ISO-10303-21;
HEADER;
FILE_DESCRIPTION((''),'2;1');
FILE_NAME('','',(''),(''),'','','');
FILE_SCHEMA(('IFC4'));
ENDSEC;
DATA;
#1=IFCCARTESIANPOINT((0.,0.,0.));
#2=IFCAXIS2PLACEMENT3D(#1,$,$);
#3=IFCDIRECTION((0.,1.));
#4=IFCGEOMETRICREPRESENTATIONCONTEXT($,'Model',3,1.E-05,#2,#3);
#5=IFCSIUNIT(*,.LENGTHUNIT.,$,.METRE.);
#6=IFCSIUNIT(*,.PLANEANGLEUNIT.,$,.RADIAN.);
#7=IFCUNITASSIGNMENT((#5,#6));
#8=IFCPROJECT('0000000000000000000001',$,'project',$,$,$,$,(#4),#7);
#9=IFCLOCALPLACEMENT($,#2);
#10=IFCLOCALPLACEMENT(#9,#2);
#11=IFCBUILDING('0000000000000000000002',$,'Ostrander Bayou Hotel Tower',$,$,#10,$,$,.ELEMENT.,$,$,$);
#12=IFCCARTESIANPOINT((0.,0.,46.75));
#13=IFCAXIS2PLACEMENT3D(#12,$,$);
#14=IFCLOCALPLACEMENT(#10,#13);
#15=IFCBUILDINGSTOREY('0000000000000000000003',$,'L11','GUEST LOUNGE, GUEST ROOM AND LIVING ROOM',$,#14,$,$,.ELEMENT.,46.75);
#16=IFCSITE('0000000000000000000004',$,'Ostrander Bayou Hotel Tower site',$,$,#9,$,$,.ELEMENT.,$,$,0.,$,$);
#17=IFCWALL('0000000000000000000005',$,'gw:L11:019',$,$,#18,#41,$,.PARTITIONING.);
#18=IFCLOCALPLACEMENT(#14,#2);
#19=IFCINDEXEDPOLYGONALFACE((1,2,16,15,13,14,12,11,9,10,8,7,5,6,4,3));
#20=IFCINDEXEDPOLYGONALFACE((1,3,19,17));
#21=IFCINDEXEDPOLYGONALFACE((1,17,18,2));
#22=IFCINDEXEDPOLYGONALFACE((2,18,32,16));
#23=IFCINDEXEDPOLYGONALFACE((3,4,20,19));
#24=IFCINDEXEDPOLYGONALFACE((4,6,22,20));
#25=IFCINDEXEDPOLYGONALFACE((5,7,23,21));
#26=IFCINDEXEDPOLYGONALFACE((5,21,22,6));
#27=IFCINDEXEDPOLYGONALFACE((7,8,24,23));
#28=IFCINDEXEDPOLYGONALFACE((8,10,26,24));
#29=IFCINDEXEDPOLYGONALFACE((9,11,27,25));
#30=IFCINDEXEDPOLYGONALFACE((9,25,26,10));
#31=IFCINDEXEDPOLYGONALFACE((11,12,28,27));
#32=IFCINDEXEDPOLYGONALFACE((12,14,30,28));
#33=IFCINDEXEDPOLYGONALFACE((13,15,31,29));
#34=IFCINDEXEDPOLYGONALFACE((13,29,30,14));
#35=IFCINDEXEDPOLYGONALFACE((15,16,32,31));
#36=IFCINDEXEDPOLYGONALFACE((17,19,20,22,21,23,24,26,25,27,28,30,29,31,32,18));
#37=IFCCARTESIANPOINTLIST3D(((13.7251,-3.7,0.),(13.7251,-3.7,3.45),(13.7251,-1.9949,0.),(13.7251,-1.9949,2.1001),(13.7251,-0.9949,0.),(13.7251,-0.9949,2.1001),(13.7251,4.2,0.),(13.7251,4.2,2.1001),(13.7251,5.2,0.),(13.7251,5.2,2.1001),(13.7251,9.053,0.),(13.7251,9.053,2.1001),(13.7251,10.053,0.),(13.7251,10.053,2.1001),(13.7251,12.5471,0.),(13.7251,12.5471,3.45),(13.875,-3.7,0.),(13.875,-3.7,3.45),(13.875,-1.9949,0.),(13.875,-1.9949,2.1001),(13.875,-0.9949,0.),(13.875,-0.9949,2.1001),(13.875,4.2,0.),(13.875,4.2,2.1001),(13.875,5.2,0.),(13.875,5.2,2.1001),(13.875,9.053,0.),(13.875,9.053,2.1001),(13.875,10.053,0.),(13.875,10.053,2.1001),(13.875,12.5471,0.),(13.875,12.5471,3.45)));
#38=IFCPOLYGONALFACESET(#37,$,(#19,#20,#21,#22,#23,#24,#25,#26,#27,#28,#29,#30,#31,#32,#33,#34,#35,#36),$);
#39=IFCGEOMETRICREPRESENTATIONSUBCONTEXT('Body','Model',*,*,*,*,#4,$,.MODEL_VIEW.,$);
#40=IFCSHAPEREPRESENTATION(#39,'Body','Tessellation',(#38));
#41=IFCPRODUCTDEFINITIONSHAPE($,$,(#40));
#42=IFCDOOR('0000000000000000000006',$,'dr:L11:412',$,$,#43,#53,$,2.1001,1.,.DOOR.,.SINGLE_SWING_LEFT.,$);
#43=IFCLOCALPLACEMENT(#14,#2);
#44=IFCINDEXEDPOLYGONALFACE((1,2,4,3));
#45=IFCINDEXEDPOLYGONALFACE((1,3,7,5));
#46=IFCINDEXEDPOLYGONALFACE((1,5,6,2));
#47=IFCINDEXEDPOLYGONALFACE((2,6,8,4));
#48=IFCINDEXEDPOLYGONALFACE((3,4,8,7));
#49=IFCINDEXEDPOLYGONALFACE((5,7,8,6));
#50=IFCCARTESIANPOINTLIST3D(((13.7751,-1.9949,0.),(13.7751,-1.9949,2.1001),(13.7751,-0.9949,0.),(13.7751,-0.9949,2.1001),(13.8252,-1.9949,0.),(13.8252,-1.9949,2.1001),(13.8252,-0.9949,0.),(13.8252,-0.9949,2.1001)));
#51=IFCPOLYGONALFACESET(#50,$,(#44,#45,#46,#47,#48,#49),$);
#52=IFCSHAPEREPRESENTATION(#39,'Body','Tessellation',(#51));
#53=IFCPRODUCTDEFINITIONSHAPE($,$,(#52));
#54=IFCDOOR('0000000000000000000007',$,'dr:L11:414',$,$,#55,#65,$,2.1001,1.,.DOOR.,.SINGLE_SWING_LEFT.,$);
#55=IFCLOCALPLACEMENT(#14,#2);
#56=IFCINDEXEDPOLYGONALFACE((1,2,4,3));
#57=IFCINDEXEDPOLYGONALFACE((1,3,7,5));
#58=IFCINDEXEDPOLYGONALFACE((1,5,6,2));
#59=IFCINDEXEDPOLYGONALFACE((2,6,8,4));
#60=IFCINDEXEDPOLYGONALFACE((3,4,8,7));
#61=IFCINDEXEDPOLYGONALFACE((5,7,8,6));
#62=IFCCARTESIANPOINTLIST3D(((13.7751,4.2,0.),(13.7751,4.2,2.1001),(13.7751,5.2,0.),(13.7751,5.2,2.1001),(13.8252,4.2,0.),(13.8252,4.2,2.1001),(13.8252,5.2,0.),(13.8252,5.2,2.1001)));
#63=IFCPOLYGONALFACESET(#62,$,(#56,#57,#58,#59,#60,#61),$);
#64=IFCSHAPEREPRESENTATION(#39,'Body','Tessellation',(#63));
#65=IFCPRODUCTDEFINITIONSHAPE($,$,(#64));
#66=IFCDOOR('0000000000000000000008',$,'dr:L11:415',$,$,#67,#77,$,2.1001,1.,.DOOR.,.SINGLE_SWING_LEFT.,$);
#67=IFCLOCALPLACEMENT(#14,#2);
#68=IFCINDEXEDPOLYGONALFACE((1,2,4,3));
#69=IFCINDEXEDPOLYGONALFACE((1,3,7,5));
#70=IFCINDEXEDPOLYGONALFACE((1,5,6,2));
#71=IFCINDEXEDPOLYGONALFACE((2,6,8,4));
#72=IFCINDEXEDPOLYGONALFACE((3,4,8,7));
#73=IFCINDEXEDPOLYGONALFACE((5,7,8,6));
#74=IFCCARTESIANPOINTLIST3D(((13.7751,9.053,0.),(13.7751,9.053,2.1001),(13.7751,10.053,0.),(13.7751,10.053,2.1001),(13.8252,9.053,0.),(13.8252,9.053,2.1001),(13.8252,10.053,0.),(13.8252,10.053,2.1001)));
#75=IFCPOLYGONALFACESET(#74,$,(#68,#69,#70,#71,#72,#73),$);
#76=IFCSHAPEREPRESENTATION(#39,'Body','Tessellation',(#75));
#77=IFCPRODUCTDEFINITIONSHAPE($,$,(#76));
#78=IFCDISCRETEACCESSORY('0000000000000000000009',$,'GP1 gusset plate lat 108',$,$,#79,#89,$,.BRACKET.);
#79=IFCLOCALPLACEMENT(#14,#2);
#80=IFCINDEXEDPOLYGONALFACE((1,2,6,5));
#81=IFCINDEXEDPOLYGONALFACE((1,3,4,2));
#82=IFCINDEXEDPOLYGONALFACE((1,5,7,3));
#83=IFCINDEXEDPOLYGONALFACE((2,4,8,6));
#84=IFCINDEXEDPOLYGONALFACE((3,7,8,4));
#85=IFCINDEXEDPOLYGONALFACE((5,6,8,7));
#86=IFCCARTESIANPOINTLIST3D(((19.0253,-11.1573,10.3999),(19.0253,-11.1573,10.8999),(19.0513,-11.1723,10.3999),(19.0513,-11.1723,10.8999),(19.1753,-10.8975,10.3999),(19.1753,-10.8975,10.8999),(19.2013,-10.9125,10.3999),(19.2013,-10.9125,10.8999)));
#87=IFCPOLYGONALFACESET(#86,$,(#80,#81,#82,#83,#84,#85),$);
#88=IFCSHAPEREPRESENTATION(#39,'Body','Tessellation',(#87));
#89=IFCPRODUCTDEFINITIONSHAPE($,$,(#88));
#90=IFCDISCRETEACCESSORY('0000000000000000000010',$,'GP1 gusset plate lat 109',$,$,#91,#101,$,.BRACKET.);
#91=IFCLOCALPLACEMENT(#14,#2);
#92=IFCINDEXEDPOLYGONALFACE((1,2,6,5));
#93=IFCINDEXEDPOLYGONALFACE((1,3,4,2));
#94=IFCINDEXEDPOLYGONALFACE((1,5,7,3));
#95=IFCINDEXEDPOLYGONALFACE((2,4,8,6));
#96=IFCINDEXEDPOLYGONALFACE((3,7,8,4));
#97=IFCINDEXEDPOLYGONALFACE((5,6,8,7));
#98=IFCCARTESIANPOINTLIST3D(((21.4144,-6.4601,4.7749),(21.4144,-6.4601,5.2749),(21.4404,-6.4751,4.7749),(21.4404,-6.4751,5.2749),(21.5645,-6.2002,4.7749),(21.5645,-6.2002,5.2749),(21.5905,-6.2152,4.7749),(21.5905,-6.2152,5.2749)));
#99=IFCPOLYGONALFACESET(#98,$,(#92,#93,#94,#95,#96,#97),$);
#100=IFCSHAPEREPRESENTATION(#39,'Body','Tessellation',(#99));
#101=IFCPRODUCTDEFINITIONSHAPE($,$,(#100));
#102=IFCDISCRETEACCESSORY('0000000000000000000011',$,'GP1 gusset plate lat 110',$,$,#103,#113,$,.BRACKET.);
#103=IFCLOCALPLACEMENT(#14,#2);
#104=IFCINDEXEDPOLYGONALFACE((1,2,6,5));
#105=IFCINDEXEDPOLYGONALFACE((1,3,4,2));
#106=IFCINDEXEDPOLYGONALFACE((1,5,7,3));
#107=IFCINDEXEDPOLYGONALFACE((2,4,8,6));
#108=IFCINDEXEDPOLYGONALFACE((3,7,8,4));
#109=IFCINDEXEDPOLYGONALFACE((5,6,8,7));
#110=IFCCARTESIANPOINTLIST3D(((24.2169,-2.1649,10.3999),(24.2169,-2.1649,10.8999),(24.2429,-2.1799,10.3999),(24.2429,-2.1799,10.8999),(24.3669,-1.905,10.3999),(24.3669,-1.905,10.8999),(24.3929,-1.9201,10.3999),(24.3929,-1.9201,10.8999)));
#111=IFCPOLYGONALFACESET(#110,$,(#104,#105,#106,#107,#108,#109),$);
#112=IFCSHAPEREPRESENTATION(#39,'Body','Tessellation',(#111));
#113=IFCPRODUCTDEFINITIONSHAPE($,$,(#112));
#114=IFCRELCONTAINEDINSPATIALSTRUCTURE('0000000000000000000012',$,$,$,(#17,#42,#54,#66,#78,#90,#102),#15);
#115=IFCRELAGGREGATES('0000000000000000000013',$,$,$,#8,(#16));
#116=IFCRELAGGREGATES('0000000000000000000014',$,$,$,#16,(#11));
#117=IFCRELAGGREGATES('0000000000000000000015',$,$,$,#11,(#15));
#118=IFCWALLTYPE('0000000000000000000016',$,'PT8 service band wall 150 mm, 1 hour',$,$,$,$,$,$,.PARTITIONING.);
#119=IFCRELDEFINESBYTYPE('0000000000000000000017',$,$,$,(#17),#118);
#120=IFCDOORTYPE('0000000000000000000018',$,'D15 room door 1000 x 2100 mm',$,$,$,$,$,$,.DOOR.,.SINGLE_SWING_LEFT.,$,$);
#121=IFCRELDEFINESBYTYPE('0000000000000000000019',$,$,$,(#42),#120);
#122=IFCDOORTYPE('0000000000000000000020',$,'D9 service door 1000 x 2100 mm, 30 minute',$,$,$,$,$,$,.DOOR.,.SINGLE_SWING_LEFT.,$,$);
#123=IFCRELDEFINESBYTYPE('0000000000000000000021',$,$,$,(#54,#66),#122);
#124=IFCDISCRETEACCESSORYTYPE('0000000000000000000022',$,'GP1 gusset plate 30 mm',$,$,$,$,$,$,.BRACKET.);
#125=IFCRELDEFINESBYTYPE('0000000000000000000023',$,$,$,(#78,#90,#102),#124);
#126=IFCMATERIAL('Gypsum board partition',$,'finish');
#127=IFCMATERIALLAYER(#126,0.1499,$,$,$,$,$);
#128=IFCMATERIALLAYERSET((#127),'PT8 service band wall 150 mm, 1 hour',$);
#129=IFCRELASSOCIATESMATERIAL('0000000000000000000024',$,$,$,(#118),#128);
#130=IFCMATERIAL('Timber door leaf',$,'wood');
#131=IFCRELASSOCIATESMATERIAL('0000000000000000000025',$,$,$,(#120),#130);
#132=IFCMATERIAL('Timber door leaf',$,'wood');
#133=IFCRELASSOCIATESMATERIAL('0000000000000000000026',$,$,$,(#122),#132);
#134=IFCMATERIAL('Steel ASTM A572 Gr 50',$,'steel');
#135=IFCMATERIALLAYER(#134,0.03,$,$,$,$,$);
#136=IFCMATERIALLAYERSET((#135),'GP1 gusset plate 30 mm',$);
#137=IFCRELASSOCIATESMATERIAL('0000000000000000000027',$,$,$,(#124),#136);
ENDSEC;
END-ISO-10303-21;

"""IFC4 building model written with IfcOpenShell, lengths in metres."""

from ifc_helpers import new_model, si_unit, direction, frame, frame_2d, origin, origin_2d, place, context, subcontext, project, spatial, rectangle, extrude, material, layer, layer_set, type_object, element, fill, save


model = new_model("IFC4")

# Units and contexts
model_context = context("Model", 3, precision=1e-05, world=origin(), true_north=direction((0.0, 1.0)))
body_context = subcontext(model_context, "Body", "Model", "MODEL_VIEW")
ifc_project = project(units=[si_unit("LENGTHUNIT", "METRE"), si_unit("PLANEANGLEUNIT", "RADIAN")], contexts=[model_context])

# Site, building, storey
site_placement = place(None, origin())
site = spatial("IfcSite", under=ifc_project, at=site_placement, Name="Ostrander Bayou Hotel Tower site", CompositionType="ELEMENT", RefElevation=0.0)
building_placement = place(site_placement, origin())
building = spatial("IfcBuilding", under=site, at=building_placement, Name="Ostrander Bayou Hotel Tower", CompositionType="ELEMENT")
storey_placement = place(building_placement, frame((0.0, 0.0, 46.75)))
storey = spatial("IfcBuildingStorey", under=building, at=storey_placement, Name="L11", Description="GUEST LOUNGE, GUEST ROOM AND LIVING ROOM", CompositionType="ELEMENT", Elevation=46.75)

# Wall, openings, doors
ifc_material_1 = material(Name="Gypsum board partition", Category="finish")
ifc_layer_1 = layer(ifc_material_1, 0.1499)
ifc_layer_set_1 = layer_set([ifc_layer_1], Name="PT8 service band wall 150 mm, 1 hour")
wall_type_1 = type_object("IfcWallType", Name="PT8 service band wall 150 mm, 1 hour", PredefinedType="PARTITIONING", material=ifc_layer_set_1)
wall_1_placement = place(storey_placement, frame((13.8, -3.7, 0.0), z_axis=(0.0, 0.0, 1.0), x_axis=(0.0, 1.0, 0.0)))
wall_1 = element("IfcWall", 1, at=wall_1_placement, inside=storey, type_object=wall_type_1, Name="gw:L11:019", PredefinedType="PARTITIONING", context=body_context, shape_type="SweptSolid", body=[
    extrude(rectangle(XDim=16.2471, YDim=0.1499, at=frame_2d((8.1235, 0.0))), origin(), (0.0, 0.0, 1.0), 3.45),
])
opening_1_placement = place(wall_1_placement, frame((1.7051, 0.0, 0.0)))
opening_1 = element("IfcOpeningElement", 2, at=opening_1_placement, cuts=wall_1, PredefinedType="OPENING", context=body_context, shape_type="SweptSolid", body=[
    extrude(rectangle(XDim=1.0, YDim=2.1001, at=frame_2d((0.5, 1.05))), frame((0.0, 0.075, 0.0), z_axis=(0.0, -1.0, 0.0), x_axis=(1.0, 0.0, 0.0)), (0.0, 0.0, 1.0), 0.1499),
])
opening_2_placement = place(wall_1_placement, frame((7.8999, 0.0, 0.0)))
opening_2 = element("IfcOpeningElement", 3, at=opening_2_placement, cuts=wall_1, PredefinedType="OPENING", context=body_context, shape_type="SweptSolid", body=[
    extrude(rectangle(XDim=1.0, YDim=2.1001, at=frame_2d((0.5, 1.05))), frame((0.0, 0.075, 0.0), z_axis=(0.0, -1.0, 0.0), x_axis=(1.0, 0.0, 0.0)), (0.0, 0.0, 1.0), 0.1499),
])
opening_3_placement = place(wall_1_placement, frame((12.7529, 0.0, 0.0)))
opening_3 = element("IfcOpeningElement", 4, at=opening_3_placement, cuts=wall_1, PredefinedType="OPENING", context=body_context, shape_type="SweptSolid", body=[
    extrude(rectangle(XDim=1.0, YDim=2.1001, at=frame_2d((0.5, 1.05))), frame((0.0, 0.075, 0.0), z_axis=(0.0, -1.0, 0.0), x_axis=(1.0, 0.0, 0.0)), (0.0, 0.0, 1.0), 0.1499),
])
ifc_material_2 = material(Name="Timber door leaf", Category="wood")
door_type_1 = type_object("IfcDoorType", Name="D15 room door 1000 x 2100 mm", OperationType="SINGLE_SWING_LEFT", PredefinedType="DOOR", material=ifc_material_2)
door_1_placement = place(opening_1_placement, origin())
door_1 = element("IfcDoor", 5, at=door_1_placement, inside=storey, type_object=door_type_1, Name="dr:L11:412", OperationType="SINGLE_SWING_LEFT", OverallHeight=2.1001, OverallWidth=1.0, PredefinedType="DOOR", context=body_context, shape_type="SweptSolid", body=[
    extrude(rectangle(XDim=1.0, YDim=2.1001, at=frame_2d((0.5, 1.05))), frame((0.0, 0.0249, 0.0), z_axis=(0.0, -1.0, 0.0), x_axis=(1.0, 0.0, 0.0)), (0.0, 0.0, 1.0), 0.05),
])
fill(opening_1, door_1)
ifc_material_3 = material(Name="Timber door leaf", Category="wood")
door_type_2 = type_object("IfcDoorType", Name="D9 service door 1000 x 2100 mm, 30 minute", OperationType="SINGLE_SWING_LEFT", PredefinedType="DOOR", material=ifc_material_3)
door_2_placement = place(opening_2_placement, origin())
door_2 = element("IfcDoor", 6, at=door_2_placement, inside=storey, type_object=door_type_2, Name="dr:L11:414", OperationType="SINGLE_SWING_LEFT", OverallHeight=2.1001, OverallWidth=1.0, PredefinedType="DOOR", context=body_context, shape_type="SweptSolid", body=[
    extrude(rectangle(XDim=1.0, YDim=2.1001, at=frame_2d((0.5, 1.05))), frame((0.0, 0.0249, 0.0), z_axis=(0.0, -1.0, 0.0), x_axis=(1.0, 0.0, 0.0)), (0.0, 0.0, 1.0), 0.05),
])
fill(opening_2, door_2)
door_3_placement = place(opening_3_placement, origin())
door_3 = element("IfcDoor", 7, at=door_3_placement, inside=storey, type_object=door_type_2, Name="dr:L11:415", OperationType="SINGLE_SWING_LEFT", OverallHeight=2.1001, OverallWidth=1.0, PredefinedType="DOOR", context=body_context, shape_type="SweptSolid", body=[
    extrude(rectangle(XDim=1.0, YDim=2.1001, at=frame_2d((0.5, 1.05))), frame((0.0, 0.0249, 0.0), z_axis=(0.0, -1.0, 0.0), x_axis=(1.0, 0.0, 0.0)), (0.0, 0.0, 1.0), 0.05),
])
fill(opening_3, door_3)

# Discrete accessories
ifc_material_4 = material(Name="Steel ASTM A572 Gr 50", Category="steel")
ifc_layer_2 = layer(ifc_material_4, 0.03)
ifc_layer_set_2 = layer_set([ifc_layer_2], Name="GP1 gusset plate 30 mm")
discrete_accessory_type = type_object("IfcDiscreteAccessoryType", Name="GP1 gusset plate 30 mm", PredefinedType="BRACKET", material=ifc_layer_set_2)
for number, where, z_axis, x_axis, name in (
    (8, (19.1133, -11.0349, 10.3999), (0.0, 0.0, 1.0), (0.5, 0.866025, 0.0), "GP1 gusset plate lat 108"),
    (9, (21.5024, -6.3376, 4.7749), (0.0, 0.0, 1.0), (0.5, 0.866025, 0.0), "GP1 gusset plate lat 109"),
    (10, (24.3049, -2.0425, 10.3999), (0.0, 0.0, 1.0), (0.5, 0.866025, 0.0), "GP1 gusset plate lat 110"),
):
    element("IfcDiscreteAccessory", number, at=place(storey_placement, frame(where, z_axis=z_axis, x_axis=x_axis)), inside=storey, type_object=discrete_accessory_type, Name=name, PredefinedType="BRACKET", context=body_context, shape_type="SweptSolid", body=[
        extrude(rectangle(XDim=0.3, YDim=0.03, at=origin_2d()), origin(), (0.0, 0.0, 1.0), 0.5),
    ])

save(model, "model.ifc")
